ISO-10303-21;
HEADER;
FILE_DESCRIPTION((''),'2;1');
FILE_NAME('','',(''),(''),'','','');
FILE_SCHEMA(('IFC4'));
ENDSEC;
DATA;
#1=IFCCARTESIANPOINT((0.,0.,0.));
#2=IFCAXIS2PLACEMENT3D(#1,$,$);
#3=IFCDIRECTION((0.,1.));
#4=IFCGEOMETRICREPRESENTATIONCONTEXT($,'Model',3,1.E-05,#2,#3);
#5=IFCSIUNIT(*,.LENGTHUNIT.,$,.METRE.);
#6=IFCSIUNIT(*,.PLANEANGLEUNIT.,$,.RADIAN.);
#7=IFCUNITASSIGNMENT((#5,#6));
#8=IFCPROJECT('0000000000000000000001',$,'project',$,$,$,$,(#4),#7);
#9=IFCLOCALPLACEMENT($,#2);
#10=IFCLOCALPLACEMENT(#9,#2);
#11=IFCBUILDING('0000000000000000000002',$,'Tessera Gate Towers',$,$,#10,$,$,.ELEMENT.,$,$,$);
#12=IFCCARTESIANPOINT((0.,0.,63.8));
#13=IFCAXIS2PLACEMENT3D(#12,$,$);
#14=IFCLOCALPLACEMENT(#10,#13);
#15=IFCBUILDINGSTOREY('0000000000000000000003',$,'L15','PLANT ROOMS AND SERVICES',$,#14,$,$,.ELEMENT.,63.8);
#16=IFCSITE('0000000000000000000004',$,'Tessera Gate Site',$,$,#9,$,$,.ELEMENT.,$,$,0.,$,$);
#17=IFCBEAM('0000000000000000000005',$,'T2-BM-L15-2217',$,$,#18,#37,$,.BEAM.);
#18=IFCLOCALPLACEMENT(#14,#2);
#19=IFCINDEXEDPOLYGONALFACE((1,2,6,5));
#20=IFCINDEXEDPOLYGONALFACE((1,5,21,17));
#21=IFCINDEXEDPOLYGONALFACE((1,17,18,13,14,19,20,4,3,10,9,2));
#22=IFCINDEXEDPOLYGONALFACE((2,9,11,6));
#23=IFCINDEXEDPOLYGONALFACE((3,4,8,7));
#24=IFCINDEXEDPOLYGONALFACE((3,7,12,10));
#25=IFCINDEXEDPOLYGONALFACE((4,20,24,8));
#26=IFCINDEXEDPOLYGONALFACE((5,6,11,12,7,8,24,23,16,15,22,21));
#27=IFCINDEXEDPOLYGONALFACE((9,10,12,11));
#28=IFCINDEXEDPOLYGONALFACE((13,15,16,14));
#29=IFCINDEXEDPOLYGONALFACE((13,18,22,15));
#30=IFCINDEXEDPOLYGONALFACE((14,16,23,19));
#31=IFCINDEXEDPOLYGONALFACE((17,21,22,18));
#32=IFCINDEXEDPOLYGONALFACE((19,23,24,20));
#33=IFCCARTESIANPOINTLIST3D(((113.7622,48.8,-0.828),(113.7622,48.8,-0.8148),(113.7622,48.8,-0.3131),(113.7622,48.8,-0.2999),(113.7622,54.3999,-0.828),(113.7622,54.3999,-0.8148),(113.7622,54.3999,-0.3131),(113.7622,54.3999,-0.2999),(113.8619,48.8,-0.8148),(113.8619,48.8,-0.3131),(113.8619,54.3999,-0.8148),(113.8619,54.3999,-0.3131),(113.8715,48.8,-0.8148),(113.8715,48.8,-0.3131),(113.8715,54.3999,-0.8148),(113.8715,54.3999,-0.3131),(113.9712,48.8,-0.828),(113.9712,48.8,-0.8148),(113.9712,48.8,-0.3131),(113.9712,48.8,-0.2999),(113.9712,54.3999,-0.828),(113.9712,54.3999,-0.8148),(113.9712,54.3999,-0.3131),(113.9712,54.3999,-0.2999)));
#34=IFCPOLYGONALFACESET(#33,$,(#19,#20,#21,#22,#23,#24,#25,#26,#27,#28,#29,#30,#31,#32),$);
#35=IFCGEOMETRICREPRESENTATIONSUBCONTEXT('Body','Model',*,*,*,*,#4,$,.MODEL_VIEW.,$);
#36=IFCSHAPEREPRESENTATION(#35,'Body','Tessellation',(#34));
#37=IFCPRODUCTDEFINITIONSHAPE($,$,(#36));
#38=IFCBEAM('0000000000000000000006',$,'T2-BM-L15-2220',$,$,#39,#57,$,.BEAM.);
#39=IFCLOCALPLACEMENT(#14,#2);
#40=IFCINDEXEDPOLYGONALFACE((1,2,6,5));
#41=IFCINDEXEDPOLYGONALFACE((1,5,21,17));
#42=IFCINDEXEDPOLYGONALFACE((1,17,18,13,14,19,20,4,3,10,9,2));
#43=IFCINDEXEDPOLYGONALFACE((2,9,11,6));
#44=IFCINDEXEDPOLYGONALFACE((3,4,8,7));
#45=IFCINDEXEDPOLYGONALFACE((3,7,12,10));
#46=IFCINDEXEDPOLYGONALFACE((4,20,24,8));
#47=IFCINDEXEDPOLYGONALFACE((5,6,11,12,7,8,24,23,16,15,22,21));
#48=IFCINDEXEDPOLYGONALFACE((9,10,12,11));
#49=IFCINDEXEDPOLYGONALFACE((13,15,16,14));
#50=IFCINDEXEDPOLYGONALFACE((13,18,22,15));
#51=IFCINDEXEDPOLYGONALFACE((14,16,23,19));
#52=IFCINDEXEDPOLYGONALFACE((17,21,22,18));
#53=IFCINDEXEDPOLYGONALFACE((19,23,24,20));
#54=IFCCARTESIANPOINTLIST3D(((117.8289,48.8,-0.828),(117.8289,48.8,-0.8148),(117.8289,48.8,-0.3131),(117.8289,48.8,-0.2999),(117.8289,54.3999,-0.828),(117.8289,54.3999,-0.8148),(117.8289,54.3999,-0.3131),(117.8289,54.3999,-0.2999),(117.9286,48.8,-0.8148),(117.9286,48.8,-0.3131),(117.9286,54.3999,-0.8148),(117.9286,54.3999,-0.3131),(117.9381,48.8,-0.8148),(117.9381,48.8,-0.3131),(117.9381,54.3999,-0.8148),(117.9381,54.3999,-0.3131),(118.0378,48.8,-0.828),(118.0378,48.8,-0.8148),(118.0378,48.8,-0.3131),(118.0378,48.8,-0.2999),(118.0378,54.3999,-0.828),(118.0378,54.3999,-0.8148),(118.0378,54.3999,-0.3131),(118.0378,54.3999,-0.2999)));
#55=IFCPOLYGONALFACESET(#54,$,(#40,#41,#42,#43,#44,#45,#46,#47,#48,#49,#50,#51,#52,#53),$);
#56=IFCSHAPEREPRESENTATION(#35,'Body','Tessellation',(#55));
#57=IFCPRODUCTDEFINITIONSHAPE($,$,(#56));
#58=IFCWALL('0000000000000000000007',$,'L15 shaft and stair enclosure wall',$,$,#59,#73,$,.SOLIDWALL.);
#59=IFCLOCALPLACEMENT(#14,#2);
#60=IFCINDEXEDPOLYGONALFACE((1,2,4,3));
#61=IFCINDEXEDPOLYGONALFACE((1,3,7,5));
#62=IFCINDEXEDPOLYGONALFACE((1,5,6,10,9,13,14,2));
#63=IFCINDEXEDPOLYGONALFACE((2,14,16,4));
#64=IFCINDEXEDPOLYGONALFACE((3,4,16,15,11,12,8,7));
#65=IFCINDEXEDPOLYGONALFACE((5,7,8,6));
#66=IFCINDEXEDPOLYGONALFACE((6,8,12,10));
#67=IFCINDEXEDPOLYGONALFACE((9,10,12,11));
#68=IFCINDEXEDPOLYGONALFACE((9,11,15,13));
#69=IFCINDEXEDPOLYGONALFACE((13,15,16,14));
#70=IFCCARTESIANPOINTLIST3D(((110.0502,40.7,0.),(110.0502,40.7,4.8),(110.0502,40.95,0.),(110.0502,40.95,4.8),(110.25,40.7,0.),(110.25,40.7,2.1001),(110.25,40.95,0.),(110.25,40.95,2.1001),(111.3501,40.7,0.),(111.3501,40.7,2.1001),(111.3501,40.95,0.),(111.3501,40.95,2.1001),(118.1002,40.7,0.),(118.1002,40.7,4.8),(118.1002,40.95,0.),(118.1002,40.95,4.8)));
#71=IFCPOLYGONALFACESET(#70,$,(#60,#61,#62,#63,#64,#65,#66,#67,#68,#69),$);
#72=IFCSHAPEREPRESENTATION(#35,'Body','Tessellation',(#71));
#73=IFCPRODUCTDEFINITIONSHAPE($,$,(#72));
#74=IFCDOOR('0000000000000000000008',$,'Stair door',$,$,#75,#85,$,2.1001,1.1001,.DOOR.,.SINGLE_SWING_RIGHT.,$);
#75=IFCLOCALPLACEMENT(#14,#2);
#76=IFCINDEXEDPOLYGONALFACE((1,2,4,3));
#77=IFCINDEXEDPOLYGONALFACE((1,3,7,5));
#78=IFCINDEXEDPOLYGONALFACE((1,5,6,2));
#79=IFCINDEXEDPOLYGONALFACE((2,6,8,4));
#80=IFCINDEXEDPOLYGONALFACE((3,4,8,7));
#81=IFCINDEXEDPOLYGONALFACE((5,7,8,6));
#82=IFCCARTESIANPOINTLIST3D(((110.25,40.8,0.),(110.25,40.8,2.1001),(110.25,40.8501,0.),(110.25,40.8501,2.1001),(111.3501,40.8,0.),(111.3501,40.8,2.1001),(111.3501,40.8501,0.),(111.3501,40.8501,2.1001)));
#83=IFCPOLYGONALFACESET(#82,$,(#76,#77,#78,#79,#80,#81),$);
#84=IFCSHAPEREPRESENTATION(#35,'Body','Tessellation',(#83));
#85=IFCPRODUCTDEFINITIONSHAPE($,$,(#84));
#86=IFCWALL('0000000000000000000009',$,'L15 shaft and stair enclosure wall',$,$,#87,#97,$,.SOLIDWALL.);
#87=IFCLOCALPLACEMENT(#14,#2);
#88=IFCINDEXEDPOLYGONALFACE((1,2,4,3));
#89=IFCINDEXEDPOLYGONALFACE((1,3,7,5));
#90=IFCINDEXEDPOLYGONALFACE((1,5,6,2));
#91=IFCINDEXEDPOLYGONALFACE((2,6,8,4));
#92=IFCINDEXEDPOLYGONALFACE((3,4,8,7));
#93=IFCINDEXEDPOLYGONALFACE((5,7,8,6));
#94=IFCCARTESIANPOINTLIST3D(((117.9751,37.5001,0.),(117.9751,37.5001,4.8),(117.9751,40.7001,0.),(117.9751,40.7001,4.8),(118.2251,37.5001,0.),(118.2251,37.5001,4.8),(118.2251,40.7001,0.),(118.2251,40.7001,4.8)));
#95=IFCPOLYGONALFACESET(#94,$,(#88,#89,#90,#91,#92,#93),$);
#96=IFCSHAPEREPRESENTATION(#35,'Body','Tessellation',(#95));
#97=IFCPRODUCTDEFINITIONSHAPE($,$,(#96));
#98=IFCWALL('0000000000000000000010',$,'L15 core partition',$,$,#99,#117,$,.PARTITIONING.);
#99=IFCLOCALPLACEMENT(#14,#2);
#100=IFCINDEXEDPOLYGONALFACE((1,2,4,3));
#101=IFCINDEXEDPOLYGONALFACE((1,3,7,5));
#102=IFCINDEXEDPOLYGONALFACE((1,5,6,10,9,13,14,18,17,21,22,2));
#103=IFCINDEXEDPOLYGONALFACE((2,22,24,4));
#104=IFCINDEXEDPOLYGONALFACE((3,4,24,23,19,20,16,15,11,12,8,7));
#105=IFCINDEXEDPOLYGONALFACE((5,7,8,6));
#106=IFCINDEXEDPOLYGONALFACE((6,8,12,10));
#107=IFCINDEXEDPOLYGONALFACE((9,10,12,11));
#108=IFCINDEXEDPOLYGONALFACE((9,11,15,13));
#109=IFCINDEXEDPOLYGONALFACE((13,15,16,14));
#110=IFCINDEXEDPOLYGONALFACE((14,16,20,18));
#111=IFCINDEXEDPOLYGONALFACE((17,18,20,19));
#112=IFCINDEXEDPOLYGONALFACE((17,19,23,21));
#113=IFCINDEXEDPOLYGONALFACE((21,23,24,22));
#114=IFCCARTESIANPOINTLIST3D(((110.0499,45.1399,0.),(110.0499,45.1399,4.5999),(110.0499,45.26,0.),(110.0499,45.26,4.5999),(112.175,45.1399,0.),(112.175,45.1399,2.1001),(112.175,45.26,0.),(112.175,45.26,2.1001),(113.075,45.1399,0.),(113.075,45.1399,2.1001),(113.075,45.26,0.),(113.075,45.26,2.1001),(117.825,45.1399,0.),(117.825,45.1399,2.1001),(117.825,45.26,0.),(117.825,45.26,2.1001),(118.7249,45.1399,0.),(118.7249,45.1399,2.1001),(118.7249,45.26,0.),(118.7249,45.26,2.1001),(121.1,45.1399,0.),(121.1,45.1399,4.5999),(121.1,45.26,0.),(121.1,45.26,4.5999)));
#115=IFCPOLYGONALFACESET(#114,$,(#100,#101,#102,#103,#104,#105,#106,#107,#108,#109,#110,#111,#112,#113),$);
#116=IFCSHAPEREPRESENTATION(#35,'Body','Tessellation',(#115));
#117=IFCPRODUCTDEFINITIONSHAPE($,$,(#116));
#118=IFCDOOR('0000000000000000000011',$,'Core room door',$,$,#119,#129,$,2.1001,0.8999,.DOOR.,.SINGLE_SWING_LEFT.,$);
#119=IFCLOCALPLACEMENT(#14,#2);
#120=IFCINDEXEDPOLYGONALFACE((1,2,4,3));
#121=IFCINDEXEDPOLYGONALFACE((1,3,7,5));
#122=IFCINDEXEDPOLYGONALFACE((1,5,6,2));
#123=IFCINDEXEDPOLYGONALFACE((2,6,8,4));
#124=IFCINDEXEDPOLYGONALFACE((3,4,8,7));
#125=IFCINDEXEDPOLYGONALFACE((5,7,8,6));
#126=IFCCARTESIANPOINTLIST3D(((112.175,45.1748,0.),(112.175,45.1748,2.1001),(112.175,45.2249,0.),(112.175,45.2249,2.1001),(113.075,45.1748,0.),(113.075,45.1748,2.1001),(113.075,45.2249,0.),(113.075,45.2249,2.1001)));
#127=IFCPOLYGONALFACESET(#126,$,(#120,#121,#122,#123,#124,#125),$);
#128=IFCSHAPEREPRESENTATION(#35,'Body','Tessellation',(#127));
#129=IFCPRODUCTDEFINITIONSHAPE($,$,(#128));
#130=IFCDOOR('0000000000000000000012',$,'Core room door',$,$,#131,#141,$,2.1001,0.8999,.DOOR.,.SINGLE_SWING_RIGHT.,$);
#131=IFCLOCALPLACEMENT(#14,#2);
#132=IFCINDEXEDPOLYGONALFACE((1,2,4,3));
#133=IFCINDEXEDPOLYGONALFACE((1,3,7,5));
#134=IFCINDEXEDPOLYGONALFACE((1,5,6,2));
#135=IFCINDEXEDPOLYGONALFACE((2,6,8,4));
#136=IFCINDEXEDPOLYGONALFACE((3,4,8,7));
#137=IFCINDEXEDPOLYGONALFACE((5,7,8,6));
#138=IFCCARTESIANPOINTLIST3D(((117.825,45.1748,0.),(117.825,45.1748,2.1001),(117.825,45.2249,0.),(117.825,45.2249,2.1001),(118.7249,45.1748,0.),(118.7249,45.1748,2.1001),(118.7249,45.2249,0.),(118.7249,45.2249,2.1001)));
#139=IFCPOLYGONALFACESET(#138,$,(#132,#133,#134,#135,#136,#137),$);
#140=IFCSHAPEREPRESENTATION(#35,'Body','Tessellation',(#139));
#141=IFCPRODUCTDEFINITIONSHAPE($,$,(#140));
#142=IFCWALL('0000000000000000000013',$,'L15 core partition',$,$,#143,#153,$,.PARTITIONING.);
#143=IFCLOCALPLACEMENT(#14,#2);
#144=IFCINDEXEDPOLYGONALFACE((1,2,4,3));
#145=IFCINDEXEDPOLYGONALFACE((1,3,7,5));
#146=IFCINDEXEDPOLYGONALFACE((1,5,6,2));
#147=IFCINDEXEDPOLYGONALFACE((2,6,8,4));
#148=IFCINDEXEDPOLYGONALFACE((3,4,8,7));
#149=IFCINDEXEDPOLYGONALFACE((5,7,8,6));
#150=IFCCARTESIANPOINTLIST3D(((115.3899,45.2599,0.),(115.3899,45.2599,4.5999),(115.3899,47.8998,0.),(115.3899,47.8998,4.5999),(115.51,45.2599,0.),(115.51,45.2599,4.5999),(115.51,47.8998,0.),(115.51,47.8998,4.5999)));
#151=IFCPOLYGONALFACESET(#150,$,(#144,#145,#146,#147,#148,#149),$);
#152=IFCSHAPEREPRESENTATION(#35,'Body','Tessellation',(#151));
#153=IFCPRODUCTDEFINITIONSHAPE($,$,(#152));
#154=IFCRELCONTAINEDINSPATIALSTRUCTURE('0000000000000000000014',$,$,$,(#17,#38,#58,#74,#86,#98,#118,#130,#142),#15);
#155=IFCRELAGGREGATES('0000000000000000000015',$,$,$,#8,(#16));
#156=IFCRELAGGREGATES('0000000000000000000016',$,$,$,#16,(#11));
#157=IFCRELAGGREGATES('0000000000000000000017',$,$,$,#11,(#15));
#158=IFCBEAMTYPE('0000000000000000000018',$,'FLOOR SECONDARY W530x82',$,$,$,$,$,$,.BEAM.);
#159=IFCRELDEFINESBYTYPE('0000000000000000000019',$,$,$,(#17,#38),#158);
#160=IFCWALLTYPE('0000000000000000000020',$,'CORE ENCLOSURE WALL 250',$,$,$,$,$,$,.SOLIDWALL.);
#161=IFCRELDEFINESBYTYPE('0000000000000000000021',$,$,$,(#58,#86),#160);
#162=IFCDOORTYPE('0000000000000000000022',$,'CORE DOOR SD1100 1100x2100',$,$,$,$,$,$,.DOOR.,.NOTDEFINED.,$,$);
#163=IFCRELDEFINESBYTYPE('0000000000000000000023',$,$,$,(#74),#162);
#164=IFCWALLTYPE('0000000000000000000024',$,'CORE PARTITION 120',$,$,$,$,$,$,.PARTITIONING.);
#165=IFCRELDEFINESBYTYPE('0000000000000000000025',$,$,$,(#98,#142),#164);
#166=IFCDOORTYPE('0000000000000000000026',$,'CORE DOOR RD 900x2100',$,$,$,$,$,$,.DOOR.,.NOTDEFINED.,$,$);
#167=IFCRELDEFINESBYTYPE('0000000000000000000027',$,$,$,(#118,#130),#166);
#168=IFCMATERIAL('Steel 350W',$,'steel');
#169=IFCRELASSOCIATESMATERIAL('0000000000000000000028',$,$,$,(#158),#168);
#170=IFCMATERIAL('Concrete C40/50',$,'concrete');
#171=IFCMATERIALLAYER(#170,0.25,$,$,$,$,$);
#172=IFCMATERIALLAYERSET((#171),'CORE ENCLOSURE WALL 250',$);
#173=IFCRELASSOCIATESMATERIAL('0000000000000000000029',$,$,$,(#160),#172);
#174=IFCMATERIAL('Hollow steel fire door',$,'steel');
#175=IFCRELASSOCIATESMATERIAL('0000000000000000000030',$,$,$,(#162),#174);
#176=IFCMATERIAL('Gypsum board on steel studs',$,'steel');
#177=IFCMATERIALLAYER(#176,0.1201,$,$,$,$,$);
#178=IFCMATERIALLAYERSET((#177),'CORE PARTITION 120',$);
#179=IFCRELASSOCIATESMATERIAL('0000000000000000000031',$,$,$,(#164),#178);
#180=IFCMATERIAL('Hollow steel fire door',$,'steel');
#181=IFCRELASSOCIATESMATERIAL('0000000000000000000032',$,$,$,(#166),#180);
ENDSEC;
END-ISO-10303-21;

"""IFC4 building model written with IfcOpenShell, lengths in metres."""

from ifc_helpers import new_model, si_unit, direction, frame, frame_2d, origin, origin_2d, place, context, subcontext, project, spatial, rectangle, i_section, extrude, source, transform, mapped, material, layer, layer_set, material_profile, profile_set, type_object, element, fill, save


model = new_model("IFC4")

# Units and contexts
model_context = context("Model", 3, precision=1e-05, world=origin(), true_north=direction((0.0, 1.0)))
body_context = subcontext(model_context, "Body", "Model", "MODEL_VIEW")
ifc_project = project(units=[si_unit("LENGTHUNIT", "METRE"), si_unit("PLANEANGLEUNIT", "RADIAN")], contexts=[model_context])

# Site, building, storey
site_placement = place(None, origin())
site = spatial("IfcSite", under=ifc_project, at=site_placement, Name="Tessera Gate Site", CompositionType="ELEMENT", RefElevation=0.0)
building_placement = place(site_placement, origin())
building = spatial("IfcBuilding", under=site, at=building_placement, Name="Tessera Gate Towers", CompositionType="ELEMENT")
storey_placement = place(building_placement, frame((0.0, 0.0, 63.8)))
storey = spatial("IfcBuildingStorey", under=building, at=storey_placement, Name="L15", Description="PLANT ROOMS AND SERVICES", CompositionType="ELEMENT", Elevation=63.8)

# Beams
ifc_material_1 = material(Name="Steel 350W", Category="steel")
ifc_material_profile = material_profile(ifc_material_1, i_section(OverallWidth=0.209, OverallDepth=0.5281, WebThickness=0.0095, FlangeThickness=0.0132, at=origin_2d()), Name="W530x82")
ifc_profile_set = profile_set([ifc_material_profile], Name="Steel 350W")
beam_type = type_object("IfcBeamType", Name="FLOOR SECONDARY W530x82", PredefinedType="BEAM", material=ifc_profile_set)
for number, where, z_axis, x_axis, name in (
    (1, (113.8667, 48.8, -0.564), (0.0, 1.0, 0.0), (-1.0, 0.0, 0.0), "T2-BM-L15-2217"),
    (2, (117.9333, 48.8, -0.564), (0.0, 1.0, 0.0), (-1.0, 0.0, 0.0), "T2-BM-L15-2220"),
):
    element("IfcBeam", number, at=place(storey_placement, frame(where, z_axis=z_axis, x_axis=x_axis)), inside=storey, type_object=beam_type, Name=name, PredefinedType="BEAM", context=body_context, shape_type="SweptSolid", body=[
        extrude(i_section(OverallWidth=0.209, OverallDepth=0.5281, WebThickness=0.0095, FlangeThickness=0.0132, at=origin_2d()), origin(), (0.0, 0.0, 1.0), 5.5999),
    ])

# Wall, opening, door
ifc_material_2 = material(Name="Concrete C40/50", Category="concrete")
ifc_layer_1 = layer(ifc_material_2, 0.25)
ifc_layer_set_1 = layer_set([ifc_layer_1], Name="CORE ENCLOSURE WALL 250")
wall_type_1 = type_object("IfcWallType", Name="CORE ENCLOSURE WALL 250", PredefinedType="SOLIDWALL", material=ifc_layer_set_1)
wall_1_placement = place(storey_placement, frame((118.1001, 40.825, 0.0), z_axis=(0.0, 0.0, 1.0), x_axis=(-1.0, 0.0, 0.0)))
wall_1 = element("IfcWall", 3, at=wall_1_placement, inside=storey, type_object=wall_type_1, Name="L15 shaft and stair enclosure wall", PredefinedType="SOLIDWALL", context=body_context, shape_type="SweptSolid", body=[
    extrude(rectangle(XDim=8.05, YDim=0.25, at=frame_2d((4.0249, 0.0))), origin(), (0.0, 0.0, 1.0), 4.8),
])
shared_shape_1 = source(origin(), body_context, "Body", "SweptSolid", [
    extrude(rectangle(XDim=1.1001, YDim=2.1001, at=frame_2d((0.55, 1.05))), frame((0.0, 0.135, 0.0), z_axis=(0.0, -1.0, 0.0), x_axis=(1.0, 0.0, 0.0)), (0.0, 0.0, 1.0), 0.27),
])
opening_1_placement = place(wall_1_placement, frame((6.75, 0.0, 0.0)))
opening_1 = element("IfcOpeningElement", 4, at=opening_1_placement, cuts=wall_1, PredefinedType="OPENING", context=body_context, shape_type="MappedRepresentation", body=[
    mapped(shared_shape_1, transform((0.0, 0.0, 0.0), scale=1.0)),
])
ifc_material_3 = material(Name="Hollow steel fire door", Category="steel")
door_type_1 = type_object("IfcDoorType", Name="CORE DOOR SD1100 1100x2100", OperationType="NOTDEFINED", PredefinedType="DOOR", material=ifc_material_3)
shared_shape_2 = source(origin(), body_context, "Body", "SweptSolid", [
    extrude(rectangle(XDim=1.1001, YDim=2.1001, at=frame_2d((0.55, 1.05))), frame((0.0, 0.0249, 0.0), z_axis=(0.0, -1.0, 0.0), x_axis=(1.0, 0.0, 0.0)), (0.0, 0.0, 1.0), 0.05),
])
door_1_placement = place(opening_1_placement, origin())
door_1 = element("IfcDoor", 5, at=door_1_placement, inside=storey, type_object=door_type_1, Name="Stair door", OperationType="SINGLE_SWING_RIGHT", OverallHeight=2.1001, OverallWidth=1.1001, PredefinedType="DOOR", context=body_context, shape_type="MappedRepresentation", body=[
    mapped(shared_shape_2, transform((0.0, 0.0, 0.0), scale=1.0)),
])
fill(opening_1, door_1)

# Wall
wall_2_placement = place(storey_placement, frame((118.1001, 37.5, 0.0), z_axis=(0.0, 0.0, 1.0), x_axis=(0.0, 1.0, 0.0)))
element("IfcWall", 6, at=wall_2_placement, inside=storey, type_object=wall_type_1, Name="L15 shaft and stair enclosure wall", PredefinedType="SOLIDWALL", context=body_context, shape_type="SweptSolid", body=[
    extrude(rectangle(XDim=3.2, YDim=0.25, at=frame_2d((1.6001, 0.0))), origin(), (0.0, 0.0, 1.0), 4.8),
])

# Wall, openings, doors
ifc_material_4 = material(Name="Gypsum board on steel studs", Category="steel")
ifc_layer_2 = layer(ifc_material_4, 0.1201)
ifc_layer_set_2 = layer_set([ifc_layer_2], Name="CORE PARTITION 120")
wall_type_2 = type_object("IfcWallType", Name="CORE PARTITION 120", PredefinedType="PARTITIONING", material=ifc_layer_set_2)
wall_3_placement = place(storey_placement, frame((110.05, 45.2, 0.0), z_axis=(0.0, 0.0, 1.0), x_axis=(1.0, 0.0, 0.0)))
wall_3 = element("IfcWall", 7, at=wall_3_placement, inside=storey, type_object=wall_type_2, Name="L15 core partition", PredefinedType="PARTITIONING", context=body_context, shape_type="SweptSolid", body=[
    extrude(rectangle(XDim=11.05, YDim=0.1201, at=frame_2d((5.5249, 0.0))), origin(), (0.0, 0.0, 1.0), 4.5999),
])
shared_shape_3 = source(origin(), body_context, "Body", "SweptSolid", [
    extrude(rectangle(XDim=0.8999, YDim=2.1001, at=frame_2d((0.45, 1.05))), frame((0.0, 0.0701, 0.0), z_axis=(0.0, -1.0, 0.0), x_axis=(1.0, 0.0, 0.0)), (0.0, 0.0, 1.0), 0.1401),
])
opening_2_placement = place(wall_3_placement, frame((2.125, 0.0, 0.0)))
opening_2 = element("IfcOpeningElement", 8, at=opening_2_placement, cuts=wall_3, PredefinedType="OPENING", context=body_context, shape_type="MappedRepresentation", body=[
    mapped(shared_shape_3, transform((0.0, 0.0, 0.0), scale=1.0)),
])
opening_3_placement = place(wall_3_placement, frame((7.7749, 0.0, 0.0)))
opening_3 = element("IfcOpeningElement", 9, at=opening_3_placement, cuts=wall_3, PredefinedType="OPENING", context=body_context, shape_type="MappedRepresentation", body=[
    mapped(shared_shape_3, transform((0.0, 0.0, 0.0), scale=1.0)),
])
ifc_material_5 = material(Name="Hollow steel fire door", Category="steel")
door_type_2 = type_object("IfcDoorType", Name="CORE DOOR RD 900x2100", OperationType="NOTDEFINED", PredefinedType="DOOR", material=ifc_material_5)
shared_shape_4 = source(origin(), body_context, "Body", "SweptSolid", [
    extrude(rectangle(XDim=0.8999, YDim=2.1001, at=frame_2d((0.45, 1.05))), frame((0.0, 0.0249, 0.0), z_axis=(0.0, -1.0, 0.0), x_axis=(1.0, 0.0, 0.0)), (0.0, 0.0, 1.0), 0.05),
])
door_2_placement = place(opening_2_placement, origin())
door_2 = element("IfcDoor", 10, at=door_2_placement, inside=storey, type_object=door_type_2, Name="Core room door", OperationType="SINGLE_SWING_LEFT", OverallHeight=2.1001, OverallWidth=0.8999, PredefinedType="DOOR", context=body_context, shape_type="MappedRepresentation", body=[
    mapped(shared_shape_4, transform((0.0, 0.0, 0.0), scale=1.0)),
])
fill(opening_2, door_2)
door_3_placement = place(opening_3_placement, origin())
door_3 = element("IfcDoor", 11, at=door_3_placement, inside=storey, type_object=door_type_2, Name="Core room door", OperationType="SINGLE_SWING_RIGHT", OverallHeight=2.1001, OverallWidth=0.8999, PredefinedType="DOOR", context=body_context, shape_type="MappedRepresentation", body=[
    mapped(shared_shape_4, transform((0.0, 0.0, 0.0), scale=1.0)),
])
fill(opening_3, door_3)

# Wall
wall_4_placement = place(storey_placement, frame((115.45, 45.26, 0.0), z_axis=(0.0, 0.0, 1.0), x_axis=(0.0, 1.0, 0.0)))
element("IfcWall", 12, at=wall_4_placement, inside=storey, type_object=wall_type_2, Name="L15 core partition", PredefinedType="PARTITIONING", context=body_context, shape_type="SweptSolid", body=[
    extrude(rectangle(XDim=2.6399, YDim=0.1201, at=frame_2d((1.3198, 0.0))), origin(), (0.0, 0.0, 1.0), 4.5999),
])

save(model, "model.ifc")
